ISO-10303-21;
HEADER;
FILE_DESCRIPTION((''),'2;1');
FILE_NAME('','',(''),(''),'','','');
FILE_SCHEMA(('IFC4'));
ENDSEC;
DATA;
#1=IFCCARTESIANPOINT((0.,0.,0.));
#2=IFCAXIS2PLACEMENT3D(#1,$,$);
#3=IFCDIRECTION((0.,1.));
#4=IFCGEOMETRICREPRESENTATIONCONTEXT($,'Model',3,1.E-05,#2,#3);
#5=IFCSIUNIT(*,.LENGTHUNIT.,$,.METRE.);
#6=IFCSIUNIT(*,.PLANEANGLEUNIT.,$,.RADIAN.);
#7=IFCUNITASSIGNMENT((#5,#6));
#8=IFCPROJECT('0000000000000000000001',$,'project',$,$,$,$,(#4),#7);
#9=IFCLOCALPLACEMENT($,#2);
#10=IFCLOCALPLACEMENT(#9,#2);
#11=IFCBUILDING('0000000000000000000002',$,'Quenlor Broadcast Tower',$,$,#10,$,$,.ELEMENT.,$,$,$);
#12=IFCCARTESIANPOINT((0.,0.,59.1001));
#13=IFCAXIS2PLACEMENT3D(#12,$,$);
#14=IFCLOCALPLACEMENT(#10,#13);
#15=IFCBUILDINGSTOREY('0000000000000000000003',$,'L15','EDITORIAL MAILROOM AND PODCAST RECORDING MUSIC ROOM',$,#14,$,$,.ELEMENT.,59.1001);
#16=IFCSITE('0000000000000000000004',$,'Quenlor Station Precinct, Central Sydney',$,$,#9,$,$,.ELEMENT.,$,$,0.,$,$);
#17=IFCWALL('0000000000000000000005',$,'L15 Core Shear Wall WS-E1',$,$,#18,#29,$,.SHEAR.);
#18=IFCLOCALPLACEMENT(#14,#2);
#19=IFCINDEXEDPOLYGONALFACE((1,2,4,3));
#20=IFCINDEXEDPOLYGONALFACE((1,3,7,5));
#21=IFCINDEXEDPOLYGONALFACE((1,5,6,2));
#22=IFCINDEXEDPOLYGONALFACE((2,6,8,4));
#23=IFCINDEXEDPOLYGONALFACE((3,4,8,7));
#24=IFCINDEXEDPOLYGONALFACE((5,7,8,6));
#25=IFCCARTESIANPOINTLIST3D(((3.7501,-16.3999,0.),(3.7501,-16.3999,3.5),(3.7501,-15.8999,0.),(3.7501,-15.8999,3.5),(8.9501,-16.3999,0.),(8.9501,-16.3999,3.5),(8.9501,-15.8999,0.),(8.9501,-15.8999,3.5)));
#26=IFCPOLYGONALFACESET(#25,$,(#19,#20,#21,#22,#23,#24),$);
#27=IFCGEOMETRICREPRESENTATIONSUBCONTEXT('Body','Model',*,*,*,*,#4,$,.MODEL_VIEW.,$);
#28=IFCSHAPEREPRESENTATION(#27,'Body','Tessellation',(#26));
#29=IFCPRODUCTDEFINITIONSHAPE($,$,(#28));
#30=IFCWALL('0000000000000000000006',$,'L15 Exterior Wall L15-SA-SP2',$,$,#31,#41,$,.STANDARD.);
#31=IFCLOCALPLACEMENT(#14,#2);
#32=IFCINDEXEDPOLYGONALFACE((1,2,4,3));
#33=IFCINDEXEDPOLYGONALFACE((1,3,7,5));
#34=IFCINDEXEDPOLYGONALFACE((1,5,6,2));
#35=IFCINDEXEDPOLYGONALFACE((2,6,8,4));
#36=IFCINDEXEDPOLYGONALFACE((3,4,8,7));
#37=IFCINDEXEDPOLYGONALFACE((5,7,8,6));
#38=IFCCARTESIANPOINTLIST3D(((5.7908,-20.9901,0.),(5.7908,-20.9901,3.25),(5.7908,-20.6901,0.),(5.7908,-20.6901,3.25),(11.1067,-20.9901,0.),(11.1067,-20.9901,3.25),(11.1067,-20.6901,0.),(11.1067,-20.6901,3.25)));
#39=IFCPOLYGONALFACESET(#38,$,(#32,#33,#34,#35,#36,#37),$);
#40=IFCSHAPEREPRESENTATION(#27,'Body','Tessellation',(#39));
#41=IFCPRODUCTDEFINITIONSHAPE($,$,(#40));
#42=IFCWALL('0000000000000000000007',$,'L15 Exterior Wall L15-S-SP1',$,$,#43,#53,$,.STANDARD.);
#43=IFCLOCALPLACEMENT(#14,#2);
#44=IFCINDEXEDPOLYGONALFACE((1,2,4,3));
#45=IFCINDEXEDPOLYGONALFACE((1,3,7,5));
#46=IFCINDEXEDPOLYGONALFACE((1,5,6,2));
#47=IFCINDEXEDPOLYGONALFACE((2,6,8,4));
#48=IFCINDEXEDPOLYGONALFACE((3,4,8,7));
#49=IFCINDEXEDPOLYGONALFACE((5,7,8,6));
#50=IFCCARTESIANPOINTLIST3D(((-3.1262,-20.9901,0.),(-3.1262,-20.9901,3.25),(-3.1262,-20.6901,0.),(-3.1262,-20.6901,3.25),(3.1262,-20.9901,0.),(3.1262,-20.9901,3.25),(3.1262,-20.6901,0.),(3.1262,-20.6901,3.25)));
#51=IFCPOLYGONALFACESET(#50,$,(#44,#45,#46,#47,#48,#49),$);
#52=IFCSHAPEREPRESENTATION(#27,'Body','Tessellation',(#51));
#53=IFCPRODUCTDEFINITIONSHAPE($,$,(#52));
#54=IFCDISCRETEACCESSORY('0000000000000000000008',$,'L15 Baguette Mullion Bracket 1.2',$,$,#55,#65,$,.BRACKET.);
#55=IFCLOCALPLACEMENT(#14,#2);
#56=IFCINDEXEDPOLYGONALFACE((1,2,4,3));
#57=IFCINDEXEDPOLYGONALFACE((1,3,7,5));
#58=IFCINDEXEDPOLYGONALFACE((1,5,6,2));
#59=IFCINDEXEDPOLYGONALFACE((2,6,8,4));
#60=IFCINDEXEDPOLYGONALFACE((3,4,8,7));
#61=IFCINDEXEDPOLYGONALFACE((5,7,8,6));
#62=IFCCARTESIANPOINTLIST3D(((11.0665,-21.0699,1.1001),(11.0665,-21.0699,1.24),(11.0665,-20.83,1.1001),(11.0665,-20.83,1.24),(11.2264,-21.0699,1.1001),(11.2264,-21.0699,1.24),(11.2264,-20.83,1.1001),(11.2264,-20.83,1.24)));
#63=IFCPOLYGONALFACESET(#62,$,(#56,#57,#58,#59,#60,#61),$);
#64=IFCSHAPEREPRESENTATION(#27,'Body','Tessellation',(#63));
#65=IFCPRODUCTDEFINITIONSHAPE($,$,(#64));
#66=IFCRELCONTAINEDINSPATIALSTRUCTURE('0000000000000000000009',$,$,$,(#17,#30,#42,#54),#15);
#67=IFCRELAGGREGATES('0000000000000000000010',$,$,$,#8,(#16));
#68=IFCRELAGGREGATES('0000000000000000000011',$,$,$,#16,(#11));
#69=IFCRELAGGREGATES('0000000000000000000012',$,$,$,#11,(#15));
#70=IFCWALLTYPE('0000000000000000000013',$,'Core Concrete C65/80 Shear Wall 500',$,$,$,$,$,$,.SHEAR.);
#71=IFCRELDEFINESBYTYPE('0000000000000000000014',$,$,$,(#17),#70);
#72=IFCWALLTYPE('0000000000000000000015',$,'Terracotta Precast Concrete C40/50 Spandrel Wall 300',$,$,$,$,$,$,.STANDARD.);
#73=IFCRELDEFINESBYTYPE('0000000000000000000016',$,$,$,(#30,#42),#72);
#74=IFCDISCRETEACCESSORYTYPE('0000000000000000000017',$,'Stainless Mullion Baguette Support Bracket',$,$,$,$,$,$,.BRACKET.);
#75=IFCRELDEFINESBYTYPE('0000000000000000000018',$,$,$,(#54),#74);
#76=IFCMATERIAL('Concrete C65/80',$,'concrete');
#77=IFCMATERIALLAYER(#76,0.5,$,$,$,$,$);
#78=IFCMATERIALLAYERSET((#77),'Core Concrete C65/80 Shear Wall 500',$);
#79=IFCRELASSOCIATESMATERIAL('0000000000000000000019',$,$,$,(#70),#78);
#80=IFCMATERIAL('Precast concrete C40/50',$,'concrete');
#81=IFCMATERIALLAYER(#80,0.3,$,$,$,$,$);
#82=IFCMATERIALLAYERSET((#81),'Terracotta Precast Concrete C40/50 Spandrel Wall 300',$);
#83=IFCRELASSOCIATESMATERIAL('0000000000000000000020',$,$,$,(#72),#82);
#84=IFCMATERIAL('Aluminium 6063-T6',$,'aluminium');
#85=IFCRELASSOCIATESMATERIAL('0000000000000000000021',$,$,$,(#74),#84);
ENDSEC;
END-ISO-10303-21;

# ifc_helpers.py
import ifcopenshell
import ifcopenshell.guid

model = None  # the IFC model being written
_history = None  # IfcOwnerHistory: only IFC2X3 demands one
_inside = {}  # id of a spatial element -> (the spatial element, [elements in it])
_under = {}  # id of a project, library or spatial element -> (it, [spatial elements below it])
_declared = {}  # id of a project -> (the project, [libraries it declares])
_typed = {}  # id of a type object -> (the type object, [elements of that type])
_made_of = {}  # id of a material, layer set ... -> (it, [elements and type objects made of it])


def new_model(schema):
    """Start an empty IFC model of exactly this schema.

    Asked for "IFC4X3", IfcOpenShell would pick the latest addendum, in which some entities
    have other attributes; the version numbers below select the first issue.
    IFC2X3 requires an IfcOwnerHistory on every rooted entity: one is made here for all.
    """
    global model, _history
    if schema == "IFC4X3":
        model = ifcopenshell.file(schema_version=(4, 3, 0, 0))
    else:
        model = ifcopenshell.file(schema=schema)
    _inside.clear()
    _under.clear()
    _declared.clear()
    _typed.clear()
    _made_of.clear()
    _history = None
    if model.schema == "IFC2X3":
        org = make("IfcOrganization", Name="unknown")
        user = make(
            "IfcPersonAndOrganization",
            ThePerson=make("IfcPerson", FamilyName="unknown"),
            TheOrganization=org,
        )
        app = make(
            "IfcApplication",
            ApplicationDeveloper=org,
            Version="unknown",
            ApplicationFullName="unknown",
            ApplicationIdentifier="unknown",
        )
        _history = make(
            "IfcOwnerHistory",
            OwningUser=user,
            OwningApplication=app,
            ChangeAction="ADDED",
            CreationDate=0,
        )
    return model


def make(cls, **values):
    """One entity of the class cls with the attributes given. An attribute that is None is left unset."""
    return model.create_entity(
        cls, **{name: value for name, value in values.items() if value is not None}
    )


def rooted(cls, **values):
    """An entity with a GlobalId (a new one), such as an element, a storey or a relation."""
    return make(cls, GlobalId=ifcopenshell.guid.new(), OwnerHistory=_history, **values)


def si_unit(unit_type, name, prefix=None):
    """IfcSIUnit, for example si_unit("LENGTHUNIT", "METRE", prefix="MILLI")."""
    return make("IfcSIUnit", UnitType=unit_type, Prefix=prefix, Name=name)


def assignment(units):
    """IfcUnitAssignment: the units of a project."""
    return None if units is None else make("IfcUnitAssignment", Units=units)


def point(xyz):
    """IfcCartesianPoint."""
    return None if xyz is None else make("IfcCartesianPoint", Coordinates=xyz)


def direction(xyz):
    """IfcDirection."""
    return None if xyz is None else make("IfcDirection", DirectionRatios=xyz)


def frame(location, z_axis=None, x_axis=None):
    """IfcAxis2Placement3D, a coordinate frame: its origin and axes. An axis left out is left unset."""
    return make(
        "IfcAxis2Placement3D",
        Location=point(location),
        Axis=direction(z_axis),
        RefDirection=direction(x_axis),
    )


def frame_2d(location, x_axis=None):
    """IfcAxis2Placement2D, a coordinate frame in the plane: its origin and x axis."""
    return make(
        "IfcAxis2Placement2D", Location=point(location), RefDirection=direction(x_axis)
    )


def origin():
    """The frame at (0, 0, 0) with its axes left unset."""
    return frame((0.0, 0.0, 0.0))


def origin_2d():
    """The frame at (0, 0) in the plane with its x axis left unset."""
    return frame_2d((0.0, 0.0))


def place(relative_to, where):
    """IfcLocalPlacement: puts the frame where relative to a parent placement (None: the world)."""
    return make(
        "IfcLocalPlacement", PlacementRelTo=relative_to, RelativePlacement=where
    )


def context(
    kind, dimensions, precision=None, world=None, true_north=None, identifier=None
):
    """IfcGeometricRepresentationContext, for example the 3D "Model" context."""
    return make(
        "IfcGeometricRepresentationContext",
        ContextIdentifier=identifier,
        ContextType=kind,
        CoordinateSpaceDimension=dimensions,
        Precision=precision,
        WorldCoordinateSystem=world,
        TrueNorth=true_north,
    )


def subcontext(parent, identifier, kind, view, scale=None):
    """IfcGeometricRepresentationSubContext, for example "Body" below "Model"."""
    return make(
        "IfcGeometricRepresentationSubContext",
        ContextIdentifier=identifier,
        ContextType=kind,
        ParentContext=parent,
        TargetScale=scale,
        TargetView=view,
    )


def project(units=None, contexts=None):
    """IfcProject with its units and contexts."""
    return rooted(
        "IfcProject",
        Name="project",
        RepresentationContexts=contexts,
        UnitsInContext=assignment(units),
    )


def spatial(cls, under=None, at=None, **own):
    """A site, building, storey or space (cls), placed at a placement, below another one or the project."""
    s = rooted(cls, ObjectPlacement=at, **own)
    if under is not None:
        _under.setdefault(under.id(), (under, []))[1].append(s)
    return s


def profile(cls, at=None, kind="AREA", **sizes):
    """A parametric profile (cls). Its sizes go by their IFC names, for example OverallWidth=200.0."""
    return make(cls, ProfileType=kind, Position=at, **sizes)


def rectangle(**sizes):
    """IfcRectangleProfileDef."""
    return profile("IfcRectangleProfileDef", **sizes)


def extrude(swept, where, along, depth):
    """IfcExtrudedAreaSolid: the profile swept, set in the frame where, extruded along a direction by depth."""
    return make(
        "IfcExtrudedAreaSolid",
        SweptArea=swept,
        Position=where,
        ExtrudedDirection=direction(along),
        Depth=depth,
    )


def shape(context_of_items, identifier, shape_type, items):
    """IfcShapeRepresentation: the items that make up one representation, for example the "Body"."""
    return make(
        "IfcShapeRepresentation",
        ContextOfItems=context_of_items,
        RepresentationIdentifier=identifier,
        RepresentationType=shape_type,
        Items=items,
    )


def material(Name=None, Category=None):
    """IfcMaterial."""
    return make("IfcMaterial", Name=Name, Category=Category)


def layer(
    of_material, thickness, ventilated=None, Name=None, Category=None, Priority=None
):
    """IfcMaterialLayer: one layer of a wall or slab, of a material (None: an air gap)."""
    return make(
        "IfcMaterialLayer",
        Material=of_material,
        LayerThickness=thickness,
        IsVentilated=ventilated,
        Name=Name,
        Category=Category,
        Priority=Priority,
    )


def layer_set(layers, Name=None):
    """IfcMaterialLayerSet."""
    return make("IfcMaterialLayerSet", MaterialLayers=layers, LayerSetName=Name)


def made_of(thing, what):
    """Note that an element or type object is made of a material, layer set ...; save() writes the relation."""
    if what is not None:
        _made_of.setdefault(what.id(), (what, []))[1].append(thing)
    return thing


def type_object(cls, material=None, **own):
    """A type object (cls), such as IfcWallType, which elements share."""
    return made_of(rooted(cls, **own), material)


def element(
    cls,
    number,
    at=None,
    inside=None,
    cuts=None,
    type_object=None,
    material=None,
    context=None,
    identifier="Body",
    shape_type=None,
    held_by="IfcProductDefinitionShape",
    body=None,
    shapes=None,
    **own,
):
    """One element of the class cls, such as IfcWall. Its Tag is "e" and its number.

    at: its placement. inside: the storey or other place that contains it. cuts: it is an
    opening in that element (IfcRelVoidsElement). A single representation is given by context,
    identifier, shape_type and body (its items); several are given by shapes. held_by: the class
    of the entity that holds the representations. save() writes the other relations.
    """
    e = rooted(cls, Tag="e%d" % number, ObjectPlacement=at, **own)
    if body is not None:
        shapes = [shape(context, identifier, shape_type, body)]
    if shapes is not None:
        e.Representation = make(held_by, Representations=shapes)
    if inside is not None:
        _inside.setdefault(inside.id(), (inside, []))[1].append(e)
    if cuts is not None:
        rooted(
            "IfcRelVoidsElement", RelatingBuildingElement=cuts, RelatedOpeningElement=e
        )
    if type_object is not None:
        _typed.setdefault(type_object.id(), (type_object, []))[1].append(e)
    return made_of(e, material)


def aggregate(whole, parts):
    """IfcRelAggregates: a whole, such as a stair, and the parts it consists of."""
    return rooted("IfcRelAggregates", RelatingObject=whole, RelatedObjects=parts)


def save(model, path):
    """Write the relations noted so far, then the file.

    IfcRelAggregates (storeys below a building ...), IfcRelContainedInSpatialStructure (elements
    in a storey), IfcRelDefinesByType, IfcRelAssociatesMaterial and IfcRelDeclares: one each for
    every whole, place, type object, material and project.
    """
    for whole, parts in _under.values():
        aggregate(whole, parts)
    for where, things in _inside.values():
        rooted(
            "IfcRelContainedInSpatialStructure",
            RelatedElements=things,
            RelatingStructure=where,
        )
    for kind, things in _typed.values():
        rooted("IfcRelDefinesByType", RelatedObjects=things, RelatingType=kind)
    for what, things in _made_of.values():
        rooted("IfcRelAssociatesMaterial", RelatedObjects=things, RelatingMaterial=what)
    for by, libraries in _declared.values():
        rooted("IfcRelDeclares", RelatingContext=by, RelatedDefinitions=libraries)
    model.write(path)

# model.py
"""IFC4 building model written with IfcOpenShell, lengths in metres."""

from ifc_helpers import new_model, si_unit, direction, frame, frame_2d, origin, origin_2d, place, context, subcontext, project, spatial, rectangle, extrude, material, layer, layer_set, type_object, element, save


model = new_model("IFC4")

# Units and contexts
model_context = context("Model", 3, precision=1e-05, world=origin(), true_north=direction((0.0, 1.0)))
body_context = subcontext(model_context, "Body", "Model", "MODEL_VIEW")
ifc_project = project(units=[si_unit("LENGTHUNIT", "METRE"), si_unit("PLANEANGLEUNIT", "RADIAN")], contexts=[model_context])

# Site, building, storey
site_placement = place(None, origin())
site = spatial("IfcSite", under=ifc_project, at=site_placement, Name="Quenlor Station Precinct, Central Sydney", CompositionType="ELEMENT", RefElevation=0.0)
building_placement = place(site_placement, origin())
building = spatial("IfcBuilding", under=site, at=building_placement, Name="Quenlor Broadcast Tower", CompositionType="ELEMENT")
storey_placement = place(building_placement, frame((0.0, 0.0, 59.1001)))
storey = spatial("IfcBuildingStorey", under=building, at=storey_placement, Name="L15", Description="EDITORIAL MAILROOM AND PODCAST RECORDING MUSIC ROOM", CompositionType="ELEMENT", Elevation=59.1001)

# Walls
ifc_material_1 = material(Name="Concrete C65/80", Category="concrete")
ifc_layer_1 = layer(ifc_material_1, 0.5)
ifc_layer_set_1 = layer_set([ifc_layer_1], Name="Core Concrete C65/80 Shear Wall 500")
wall_type_1 = type_object("IfcWallType", Name="Core Concrete C65/80 Shear Wall 500", PredefinedType="SHEAR", material=ifc_layer_set_1)
wall_1_placement = place(storey_placement, frame((3.75, -16.1499, 0.0), z_axis=(0.0, 0.0, 1.0), x_axis=(1.0, 0.0, 0.0)))
element("IfcWall", 1, at=wall_1_placement, inside=storey, type_object=wall_type_1, Name="L15 Core Shear Wall WS-E1", PredefinedType="SHEAR", context=body_context, shape_type="SweptSolid", body=[
    extrude(rectangle(XDim=5.2, YDim=0.5, at=frame_2d((2.6001, 0.0))), origin(), (0.0, 0.0, 1.0), 3.5),
])
ifc_material_2 = material(Name="Precast concrete C40/50", Category="concrete")
ifc_layer_2 = layer(ifc_material_2, 0.3)
ifc_layer_set_2 = layer_set([ifc_layer_2], Name="Terracotta Precast Concrete C40/50 Spandrel Wall 300")
wall_type_2 = type_object("IfcWallType", Name="Terracotta Precast Concrete C40/50 Spandrel Wall 300", PredefinedType="STANDARD", material=ifc_layer_set_2)
wall_2_placement = place(storey_placement, frame((11.1067, -20.8401, 0.0), z_axis=(0.0, 0.0, 1.0), x_axis=(-1.0, 0.0, 0.0)))
element("IfcWall", 2, at=wall_2_placement, inside=storey, type_object=wall_type_2, Name="L15 Exterior Wall L15-SA-SP2", PredefinedType="STANDARD", context=body_context, shape_type="SweptSolid", body=[
    extrude(rectangle(XDim=5.3159, YDim=0.3, at=frame_2d((2.658, 0.0))), origin(), (0.0, 0.0, 1.0), 3.25),
])
wall_3_placement = place(storey_placement, frame((3.1262, -20.8401, 0.0), z_axis=(0.0, 0.0, 1.0), x_axis=(-1.0, 0.0, 0.0)))
element("IfcWall", 3, at=wall_3_placement, inside=storey, type_object=wall_type_2, Name="L15 Exterior Wall L15-S-SP1", PredefinedType="STANDARD", context=body_context, shape_type="SweptSolid", body=[
    extrude(rectangle(XDim=6.2524, YDim=0.3, at=frame_2d((3.1262, 0.0))), origin(), (0.0, 0.0, 1.0), 3.25),
])

# Discrete accessory
ifc_material_3 = material(Name="Aluminium 6063-T6", Category="aluminium")
discrete_accessory_type = type_object("IfcDiscreteAccessoryType", Name="Stainless Mullion Baguette Support Bracket", PredefinedType="BRACKET", material=ifc_material_3)
discrete_accessory_placement = place(storey_placement, frame((11.1465, -20.95, 1.1001), z_axis=(0.0, 0.0, 1.0), x_axis=(-1.0, 0.0, 0.0)))
element("IfcDiscreteAccessory", 4, at=discrete_accessory_placement, inside=storey, type_object=discrete_accessory_type, Name="L15 Baguette Mullion Bracket 1.2", PredefinedType="BRACKET", context=body_context, shape_type="SweptSolid", body=[
    extrude(rectangle(XDim=0.1599, YDim=0.24, at=origin_2d()), origin(), (0.0, 0.0, 1.0), 0.1399),
])

save(model, "model.ifc")
